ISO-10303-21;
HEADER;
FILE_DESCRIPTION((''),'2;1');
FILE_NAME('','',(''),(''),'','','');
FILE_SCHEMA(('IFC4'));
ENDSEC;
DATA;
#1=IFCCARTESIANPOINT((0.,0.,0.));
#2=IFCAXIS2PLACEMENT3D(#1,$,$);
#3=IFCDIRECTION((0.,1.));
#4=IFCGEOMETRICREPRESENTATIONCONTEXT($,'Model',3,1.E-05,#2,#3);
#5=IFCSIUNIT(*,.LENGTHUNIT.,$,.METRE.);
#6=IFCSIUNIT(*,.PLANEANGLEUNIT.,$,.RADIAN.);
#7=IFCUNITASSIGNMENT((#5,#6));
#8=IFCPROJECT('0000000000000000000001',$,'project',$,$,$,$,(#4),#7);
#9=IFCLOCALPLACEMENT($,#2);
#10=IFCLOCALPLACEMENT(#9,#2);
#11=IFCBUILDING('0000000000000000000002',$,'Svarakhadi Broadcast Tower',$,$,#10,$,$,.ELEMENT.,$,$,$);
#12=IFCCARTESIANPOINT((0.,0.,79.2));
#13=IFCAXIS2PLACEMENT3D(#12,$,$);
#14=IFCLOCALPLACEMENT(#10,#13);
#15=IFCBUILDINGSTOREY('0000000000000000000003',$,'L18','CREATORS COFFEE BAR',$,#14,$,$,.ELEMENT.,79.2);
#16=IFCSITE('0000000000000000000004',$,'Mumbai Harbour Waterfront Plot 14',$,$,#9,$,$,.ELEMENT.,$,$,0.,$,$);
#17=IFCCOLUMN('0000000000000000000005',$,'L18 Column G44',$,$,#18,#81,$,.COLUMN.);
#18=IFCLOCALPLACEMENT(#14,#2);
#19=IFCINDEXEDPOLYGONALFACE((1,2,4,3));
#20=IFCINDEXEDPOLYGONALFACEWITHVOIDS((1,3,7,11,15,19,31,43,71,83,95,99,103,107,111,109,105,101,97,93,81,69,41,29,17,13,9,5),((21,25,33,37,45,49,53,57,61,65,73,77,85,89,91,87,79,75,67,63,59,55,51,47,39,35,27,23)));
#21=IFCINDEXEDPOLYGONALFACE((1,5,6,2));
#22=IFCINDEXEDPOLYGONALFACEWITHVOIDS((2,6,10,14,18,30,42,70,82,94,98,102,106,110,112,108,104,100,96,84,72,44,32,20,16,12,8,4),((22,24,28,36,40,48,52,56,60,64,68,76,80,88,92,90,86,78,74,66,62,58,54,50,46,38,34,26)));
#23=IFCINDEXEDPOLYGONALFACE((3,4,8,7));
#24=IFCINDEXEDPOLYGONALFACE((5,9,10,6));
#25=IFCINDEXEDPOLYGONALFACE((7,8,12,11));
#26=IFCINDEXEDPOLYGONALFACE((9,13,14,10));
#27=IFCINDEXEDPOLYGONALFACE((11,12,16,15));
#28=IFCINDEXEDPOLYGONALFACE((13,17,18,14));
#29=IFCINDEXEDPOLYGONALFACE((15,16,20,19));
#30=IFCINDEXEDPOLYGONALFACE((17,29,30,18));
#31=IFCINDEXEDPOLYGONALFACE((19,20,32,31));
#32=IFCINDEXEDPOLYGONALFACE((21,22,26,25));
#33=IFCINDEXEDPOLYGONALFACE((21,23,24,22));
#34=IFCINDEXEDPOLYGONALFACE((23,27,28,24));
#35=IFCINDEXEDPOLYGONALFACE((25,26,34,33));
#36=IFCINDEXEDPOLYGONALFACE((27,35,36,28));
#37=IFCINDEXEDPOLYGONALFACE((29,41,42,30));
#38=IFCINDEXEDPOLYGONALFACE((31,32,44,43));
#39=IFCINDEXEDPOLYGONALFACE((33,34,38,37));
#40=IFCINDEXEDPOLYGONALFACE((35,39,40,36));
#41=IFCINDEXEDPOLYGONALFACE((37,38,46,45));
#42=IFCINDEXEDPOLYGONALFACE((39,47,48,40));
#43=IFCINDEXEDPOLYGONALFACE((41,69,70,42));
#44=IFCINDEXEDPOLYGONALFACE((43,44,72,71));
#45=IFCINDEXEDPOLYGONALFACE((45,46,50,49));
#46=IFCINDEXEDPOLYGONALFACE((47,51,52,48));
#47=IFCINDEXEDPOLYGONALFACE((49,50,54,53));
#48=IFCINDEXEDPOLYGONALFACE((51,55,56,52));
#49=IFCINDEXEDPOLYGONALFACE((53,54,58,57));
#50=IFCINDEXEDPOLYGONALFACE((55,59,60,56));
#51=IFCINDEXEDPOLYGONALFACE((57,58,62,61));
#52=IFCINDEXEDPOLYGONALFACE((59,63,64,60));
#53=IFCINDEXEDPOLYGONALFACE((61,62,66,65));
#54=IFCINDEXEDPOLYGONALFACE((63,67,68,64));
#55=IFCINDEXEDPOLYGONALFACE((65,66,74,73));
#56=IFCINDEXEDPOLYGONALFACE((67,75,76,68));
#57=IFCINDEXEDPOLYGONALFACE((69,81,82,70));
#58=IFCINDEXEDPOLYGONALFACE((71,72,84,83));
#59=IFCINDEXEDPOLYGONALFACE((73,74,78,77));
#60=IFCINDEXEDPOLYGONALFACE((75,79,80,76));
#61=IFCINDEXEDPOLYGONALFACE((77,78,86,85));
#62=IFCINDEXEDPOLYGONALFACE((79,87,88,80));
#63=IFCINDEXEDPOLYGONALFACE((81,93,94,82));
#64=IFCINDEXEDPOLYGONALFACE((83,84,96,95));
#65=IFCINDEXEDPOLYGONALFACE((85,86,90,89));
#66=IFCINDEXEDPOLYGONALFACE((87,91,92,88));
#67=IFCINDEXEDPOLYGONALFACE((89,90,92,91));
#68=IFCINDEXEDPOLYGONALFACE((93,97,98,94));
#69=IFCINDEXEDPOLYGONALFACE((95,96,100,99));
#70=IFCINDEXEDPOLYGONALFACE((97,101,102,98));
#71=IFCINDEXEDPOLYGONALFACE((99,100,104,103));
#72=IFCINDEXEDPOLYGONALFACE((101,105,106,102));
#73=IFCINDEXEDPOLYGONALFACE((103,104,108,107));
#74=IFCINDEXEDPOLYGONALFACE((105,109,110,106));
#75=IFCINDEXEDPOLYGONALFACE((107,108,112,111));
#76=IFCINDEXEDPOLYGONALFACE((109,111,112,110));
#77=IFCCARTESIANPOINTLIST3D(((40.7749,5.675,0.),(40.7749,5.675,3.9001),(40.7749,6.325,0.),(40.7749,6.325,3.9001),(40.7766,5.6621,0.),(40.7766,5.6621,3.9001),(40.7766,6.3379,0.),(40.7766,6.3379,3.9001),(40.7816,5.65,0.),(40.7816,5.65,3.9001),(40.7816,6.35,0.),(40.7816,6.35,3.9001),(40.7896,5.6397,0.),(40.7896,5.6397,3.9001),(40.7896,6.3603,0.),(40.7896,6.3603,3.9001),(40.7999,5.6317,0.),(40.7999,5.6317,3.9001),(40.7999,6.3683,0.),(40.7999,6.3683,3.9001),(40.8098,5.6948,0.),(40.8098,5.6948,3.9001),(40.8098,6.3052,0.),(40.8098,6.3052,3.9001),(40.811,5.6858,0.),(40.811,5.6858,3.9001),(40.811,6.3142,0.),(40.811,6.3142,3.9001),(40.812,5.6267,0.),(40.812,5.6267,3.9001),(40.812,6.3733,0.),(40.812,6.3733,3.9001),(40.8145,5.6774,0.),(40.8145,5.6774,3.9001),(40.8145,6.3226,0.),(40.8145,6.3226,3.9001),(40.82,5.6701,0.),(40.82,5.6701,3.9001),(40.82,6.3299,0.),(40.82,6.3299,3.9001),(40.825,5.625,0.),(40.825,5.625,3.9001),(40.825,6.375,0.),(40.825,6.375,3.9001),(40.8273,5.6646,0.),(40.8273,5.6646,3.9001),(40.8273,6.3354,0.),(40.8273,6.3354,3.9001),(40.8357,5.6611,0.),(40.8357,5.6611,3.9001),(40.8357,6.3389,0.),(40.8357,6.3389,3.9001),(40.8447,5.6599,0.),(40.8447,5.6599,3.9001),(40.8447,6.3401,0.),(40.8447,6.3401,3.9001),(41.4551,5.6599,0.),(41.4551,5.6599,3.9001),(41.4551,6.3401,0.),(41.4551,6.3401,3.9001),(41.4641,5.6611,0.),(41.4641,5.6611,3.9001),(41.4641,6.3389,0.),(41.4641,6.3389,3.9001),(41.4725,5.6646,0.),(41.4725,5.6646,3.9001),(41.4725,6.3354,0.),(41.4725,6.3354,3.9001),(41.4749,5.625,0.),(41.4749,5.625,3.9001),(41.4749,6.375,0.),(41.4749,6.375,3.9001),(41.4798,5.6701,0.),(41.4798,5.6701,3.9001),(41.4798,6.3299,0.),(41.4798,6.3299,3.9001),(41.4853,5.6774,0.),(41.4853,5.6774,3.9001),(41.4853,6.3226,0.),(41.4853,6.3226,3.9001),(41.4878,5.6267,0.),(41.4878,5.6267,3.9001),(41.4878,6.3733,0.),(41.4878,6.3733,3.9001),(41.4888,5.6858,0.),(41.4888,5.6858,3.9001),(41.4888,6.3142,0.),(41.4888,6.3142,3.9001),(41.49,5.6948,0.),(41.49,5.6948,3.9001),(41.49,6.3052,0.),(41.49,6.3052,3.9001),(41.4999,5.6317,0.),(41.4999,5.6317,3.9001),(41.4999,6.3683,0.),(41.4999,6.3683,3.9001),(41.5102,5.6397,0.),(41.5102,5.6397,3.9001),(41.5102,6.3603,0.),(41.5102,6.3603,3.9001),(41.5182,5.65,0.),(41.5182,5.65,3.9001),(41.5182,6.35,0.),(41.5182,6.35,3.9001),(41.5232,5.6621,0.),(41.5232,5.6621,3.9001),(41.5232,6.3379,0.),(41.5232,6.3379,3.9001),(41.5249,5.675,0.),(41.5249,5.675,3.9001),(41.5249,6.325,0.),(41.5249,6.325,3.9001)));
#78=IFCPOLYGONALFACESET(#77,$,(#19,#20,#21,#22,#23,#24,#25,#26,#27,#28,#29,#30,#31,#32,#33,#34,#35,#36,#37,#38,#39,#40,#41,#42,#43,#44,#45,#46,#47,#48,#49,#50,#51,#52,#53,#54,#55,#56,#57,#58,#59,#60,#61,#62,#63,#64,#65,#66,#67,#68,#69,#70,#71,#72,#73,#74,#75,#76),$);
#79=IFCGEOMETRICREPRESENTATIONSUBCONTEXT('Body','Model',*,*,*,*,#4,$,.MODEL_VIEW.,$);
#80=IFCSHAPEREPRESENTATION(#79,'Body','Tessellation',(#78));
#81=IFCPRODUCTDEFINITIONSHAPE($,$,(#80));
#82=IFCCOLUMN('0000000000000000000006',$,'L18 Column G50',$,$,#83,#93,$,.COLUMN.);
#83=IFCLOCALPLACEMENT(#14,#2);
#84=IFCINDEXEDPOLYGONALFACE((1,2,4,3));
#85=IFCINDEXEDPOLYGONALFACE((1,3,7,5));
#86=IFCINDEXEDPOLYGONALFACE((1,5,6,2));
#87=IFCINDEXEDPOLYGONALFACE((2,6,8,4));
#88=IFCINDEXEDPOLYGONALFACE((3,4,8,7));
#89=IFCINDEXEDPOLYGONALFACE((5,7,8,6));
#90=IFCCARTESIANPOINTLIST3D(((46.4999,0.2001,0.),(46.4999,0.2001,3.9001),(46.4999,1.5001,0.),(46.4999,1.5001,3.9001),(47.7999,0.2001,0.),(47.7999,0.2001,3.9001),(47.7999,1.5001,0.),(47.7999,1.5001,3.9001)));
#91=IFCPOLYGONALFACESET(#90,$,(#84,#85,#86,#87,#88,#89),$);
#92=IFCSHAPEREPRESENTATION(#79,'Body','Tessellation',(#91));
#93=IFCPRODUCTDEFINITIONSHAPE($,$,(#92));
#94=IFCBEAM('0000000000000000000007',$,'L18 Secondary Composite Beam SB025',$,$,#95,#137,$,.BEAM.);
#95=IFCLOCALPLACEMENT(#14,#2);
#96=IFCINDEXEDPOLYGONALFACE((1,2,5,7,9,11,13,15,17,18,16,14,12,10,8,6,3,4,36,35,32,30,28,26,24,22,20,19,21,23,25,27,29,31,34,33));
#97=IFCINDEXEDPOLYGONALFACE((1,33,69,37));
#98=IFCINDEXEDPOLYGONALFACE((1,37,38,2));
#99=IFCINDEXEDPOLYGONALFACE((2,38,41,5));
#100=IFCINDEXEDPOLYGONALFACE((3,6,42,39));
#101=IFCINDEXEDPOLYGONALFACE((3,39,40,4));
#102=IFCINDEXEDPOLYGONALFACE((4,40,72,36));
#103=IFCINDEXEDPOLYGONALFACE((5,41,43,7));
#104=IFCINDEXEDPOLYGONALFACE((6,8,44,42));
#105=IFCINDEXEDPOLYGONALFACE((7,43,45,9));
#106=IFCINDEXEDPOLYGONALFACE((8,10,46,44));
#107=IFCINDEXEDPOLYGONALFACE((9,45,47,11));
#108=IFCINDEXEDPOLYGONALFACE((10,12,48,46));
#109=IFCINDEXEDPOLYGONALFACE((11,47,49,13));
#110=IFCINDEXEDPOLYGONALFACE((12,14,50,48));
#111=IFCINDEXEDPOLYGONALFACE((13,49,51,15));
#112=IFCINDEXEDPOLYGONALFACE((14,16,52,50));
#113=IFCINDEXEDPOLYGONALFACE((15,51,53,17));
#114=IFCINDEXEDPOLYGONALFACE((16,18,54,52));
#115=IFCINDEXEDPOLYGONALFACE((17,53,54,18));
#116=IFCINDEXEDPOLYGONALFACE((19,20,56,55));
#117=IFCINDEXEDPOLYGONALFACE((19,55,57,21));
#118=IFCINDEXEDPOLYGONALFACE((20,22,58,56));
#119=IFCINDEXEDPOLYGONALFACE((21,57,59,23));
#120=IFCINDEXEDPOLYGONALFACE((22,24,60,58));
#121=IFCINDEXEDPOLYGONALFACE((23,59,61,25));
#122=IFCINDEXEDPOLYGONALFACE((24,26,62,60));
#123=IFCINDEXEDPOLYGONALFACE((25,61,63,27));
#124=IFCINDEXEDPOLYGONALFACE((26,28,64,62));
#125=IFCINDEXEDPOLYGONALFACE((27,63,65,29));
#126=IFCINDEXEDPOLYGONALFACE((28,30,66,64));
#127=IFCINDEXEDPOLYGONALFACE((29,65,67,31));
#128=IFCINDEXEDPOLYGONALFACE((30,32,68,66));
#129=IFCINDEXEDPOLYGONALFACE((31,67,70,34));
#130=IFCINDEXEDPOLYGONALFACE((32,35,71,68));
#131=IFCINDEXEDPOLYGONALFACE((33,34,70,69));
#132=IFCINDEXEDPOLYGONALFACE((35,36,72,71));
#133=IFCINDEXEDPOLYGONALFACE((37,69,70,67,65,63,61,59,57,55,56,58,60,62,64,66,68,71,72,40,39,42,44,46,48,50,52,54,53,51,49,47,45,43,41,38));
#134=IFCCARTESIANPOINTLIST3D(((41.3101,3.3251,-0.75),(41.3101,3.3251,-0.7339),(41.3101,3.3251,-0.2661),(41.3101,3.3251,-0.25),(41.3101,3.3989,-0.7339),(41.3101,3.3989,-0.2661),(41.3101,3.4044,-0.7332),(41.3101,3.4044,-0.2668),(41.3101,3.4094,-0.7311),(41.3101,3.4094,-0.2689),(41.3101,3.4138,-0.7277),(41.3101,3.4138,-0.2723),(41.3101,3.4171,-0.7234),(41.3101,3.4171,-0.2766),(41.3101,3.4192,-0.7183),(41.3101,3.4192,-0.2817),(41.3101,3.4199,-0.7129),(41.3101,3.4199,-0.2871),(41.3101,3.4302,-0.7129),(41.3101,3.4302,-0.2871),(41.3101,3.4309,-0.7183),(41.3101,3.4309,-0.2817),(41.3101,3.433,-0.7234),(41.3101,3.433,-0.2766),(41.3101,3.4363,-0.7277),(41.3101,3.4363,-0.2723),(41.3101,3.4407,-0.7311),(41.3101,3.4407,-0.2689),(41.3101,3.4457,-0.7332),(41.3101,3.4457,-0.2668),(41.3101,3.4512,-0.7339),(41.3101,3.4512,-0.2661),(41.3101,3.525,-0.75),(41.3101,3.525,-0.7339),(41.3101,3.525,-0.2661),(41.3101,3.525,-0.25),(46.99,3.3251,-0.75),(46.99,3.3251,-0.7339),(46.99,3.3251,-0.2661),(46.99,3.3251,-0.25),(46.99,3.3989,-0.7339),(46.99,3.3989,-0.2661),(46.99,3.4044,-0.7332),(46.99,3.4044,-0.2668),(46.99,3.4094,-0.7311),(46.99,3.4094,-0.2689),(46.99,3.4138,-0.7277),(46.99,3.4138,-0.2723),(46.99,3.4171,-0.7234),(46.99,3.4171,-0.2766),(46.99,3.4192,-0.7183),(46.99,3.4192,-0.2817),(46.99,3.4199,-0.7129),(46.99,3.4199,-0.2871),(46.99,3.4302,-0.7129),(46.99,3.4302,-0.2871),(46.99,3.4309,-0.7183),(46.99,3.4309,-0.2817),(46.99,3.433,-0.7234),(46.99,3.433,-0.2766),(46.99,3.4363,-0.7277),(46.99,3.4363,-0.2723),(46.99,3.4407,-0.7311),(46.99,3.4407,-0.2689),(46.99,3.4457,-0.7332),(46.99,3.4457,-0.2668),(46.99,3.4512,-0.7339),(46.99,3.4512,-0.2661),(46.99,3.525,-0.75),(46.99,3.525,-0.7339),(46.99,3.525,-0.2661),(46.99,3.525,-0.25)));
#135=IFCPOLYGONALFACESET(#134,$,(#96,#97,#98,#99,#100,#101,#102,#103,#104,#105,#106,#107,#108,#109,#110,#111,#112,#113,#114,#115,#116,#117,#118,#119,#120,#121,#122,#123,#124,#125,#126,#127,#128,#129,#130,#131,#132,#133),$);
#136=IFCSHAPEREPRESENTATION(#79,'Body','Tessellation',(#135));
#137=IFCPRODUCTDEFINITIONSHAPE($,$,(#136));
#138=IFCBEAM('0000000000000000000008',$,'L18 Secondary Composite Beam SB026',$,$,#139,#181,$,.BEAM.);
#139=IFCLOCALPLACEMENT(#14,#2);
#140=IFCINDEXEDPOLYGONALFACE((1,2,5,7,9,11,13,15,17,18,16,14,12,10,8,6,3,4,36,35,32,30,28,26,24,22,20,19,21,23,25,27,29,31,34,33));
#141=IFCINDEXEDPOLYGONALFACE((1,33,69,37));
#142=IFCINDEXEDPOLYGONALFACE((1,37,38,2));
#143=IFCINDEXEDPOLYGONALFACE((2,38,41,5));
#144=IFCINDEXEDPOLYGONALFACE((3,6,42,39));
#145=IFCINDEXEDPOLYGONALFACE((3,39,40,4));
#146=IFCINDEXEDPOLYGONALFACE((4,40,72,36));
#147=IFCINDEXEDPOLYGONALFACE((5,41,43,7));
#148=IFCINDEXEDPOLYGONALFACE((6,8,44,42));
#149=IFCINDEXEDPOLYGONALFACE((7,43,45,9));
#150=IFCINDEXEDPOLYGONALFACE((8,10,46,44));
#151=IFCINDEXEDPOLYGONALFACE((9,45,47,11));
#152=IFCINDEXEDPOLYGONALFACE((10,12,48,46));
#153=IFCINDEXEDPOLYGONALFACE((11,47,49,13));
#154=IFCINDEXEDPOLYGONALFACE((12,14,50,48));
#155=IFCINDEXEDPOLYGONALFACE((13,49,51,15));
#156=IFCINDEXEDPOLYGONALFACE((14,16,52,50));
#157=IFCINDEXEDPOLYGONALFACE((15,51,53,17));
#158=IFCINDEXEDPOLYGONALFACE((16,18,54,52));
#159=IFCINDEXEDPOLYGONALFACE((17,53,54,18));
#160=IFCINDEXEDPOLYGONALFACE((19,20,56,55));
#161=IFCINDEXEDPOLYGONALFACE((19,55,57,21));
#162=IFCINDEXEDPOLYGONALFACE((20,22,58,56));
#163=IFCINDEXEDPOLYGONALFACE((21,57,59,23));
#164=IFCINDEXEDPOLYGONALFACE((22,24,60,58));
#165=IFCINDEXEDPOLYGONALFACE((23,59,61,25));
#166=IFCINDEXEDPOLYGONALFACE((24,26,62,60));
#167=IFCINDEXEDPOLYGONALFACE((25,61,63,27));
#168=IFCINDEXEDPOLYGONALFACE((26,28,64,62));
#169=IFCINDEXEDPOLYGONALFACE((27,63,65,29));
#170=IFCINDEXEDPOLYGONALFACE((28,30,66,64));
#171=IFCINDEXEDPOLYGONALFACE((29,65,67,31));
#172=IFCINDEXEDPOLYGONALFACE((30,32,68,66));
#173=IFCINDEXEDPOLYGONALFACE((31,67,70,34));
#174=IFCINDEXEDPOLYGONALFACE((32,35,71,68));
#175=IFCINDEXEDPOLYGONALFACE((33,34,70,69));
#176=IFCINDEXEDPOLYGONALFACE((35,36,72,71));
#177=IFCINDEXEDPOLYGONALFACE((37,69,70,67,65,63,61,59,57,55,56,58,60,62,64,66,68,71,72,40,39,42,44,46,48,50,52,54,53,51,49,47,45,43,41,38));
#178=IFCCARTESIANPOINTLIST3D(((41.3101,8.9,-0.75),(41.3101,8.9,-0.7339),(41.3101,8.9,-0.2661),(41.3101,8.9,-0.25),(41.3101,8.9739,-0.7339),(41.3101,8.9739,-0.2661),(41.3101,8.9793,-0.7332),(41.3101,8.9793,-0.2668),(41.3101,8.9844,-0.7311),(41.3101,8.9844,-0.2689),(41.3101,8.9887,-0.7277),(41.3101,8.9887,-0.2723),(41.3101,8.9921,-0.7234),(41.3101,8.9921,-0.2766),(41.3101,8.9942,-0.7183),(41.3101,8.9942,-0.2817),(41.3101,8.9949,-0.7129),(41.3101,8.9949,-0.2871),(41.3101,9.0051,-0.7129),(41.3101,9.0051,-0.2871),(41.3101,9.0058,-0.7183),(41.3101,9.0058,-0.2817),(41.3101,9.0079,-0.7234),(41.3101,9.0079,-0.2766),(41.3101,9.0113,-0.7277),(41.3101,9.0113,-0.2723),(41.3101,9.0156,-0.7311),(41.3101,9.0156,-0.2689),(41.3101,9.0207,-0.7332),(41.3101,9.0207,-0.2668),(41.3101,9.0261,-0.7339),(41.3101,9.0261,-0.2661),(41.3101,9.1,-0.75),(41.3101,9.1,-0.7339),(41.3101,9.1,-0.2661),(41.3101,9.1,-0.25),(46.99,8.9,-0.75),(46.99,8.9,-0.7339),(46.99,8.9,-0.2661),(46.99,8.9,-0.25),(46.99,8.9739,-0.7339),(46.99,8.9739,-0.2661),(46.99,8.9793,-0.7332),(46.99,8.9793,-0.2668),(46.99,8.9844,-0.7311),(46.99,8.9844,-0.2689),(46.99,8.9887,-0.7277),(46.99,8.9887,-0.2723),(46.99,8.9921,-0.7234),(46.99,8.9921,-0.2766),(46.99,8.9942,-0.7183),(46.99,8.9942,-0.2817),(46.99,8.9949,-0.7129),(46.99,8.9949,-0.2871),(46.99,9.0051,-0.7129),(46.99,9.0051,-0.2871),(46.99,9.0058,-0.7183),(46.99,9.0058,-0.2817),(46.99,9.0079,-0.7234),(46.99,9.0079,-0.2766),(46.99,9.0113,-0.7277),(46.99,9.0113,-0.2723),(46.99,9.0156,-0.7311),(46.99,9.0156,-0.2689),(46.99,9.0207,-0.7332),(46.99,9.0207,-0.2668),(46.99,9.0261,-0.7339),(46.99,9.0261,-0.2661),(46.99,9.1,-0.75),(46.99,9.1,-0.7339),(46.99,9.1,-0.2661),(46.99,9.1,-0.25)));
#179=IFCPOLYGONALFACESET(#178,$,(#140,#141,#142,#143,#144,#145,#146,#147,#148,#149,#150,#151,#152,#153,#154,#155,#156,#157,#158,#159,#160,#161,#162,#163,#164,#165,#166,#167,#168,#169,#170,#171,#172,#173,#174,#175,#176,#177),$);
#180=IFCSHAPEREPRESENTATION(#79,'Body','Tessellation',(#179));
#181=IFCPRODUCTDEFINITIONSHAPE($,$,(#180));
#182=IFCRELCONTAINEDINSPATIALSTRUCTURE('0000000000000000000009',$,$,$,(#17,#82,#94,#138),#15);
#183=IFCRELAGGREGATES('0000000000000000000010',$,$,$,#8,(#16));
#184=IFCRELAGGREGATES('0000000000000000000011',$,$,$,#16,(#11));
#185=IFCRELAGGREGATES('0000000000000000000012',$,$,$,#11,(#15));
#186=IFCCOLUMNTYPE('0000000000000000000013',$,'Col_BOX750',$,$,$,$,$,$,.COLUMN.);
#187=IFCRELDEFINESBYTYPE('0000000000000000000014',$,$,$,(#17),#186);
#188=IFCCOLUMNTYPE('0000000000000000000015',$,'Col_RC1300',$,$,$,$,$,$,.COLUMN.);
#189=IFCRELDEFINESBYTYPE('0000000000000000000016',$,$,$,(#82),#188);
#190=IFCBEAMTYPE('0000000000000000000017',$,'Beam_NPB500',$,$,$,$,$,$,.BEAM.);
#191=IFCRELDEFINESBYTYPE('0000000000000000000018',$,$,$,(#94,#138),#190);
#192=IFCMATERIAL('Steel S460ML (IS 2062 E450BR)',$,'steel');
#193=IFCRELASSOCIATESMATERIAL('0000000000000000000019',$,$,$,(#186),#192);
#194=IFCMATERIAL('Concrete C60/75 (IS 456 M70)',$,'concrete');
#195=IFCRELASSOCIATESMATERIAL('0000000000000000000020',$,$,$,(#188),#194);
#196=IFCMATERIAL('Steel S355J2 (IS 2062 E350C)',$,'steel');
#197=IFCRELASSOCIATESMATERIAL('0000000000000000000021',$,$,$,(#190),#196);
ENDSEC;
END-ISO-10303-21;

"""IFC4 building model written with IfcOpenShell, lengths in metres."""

from ifc_helpers import new_model, si_unit, direction, frame, origin, origin_2d, place, context, subcontext, project, spatial, rectangle, hollow_rectangle, i_section, extrude, material, material_profile, profile_set, type_object, element, save


model = new_model("IFC4")

# Units and contexts
model_context = context("Model", 3, precision=1e-05, world=origin(), true_north=direction((0.0, 1.0)))
body_context = subcontext(model_context, "Body", "Model", "MODEL_VIEW")
ifc_project = project(units=[si_unit("LENGTHUNIT", "METRE"), si_unit("PLANEANGLEUNIT", "RADIAN")], contexts=[model_context])

# Site, building, storey
site_placement = place(None, origin())
site = spatial("IfcSite", under=ifc_project, at=site_placement, Name="Mumbai Harbour Waterfront Plot 14", CompositionType="ELEMENT", RefElevation=0.0)
building_placement = place(site_placement, origin())
building = spatial("IfcBuilding", under=site, at=building_placement, Name="Svarakhadi Broadcast Tower", CompositionType="ELEMENT")
storey_placement = place(building_placement, frame((0.0, 0.0, 79.2)))
storey = spatial("IfcBuildingStorey", under=building, at=storey_placement, Name="L18", Description="CREATORS COFFEE BAR", CompositionType="ELEMENT", Elevation=79.2)

# Columns
ifc_material_1 = material(Name="Steel S460ML (IS 2062 E450BR)", Category="steel")
ifc_material_profile_1 = material_profile(ifc_material_1, hollow_rectangle(XDim=0.75, YDim=0.75, WallThickness=0.0349, InnerFilletRadius=0.0349, OuterFilletRadius=0.05, at=origin_2d()), Name="BOX 750x750x35")
ifc_profile_set_1 = profile_set([ifc_material_profile_1], Name="Steel S460ML (IS 2062 E450BR)")
column_type_1 = type_object("IfcColumnType", Name="Col_BOX750", PredefinedType="COLUMN", material=ifc_profile_set_1)
column_1_placement = place(storey_placement, frame((41.1499, 6.0, 0.0), z_axis=(0.0, 0.0, 1.0), x_axis=(1.0, 0.0, 0.0)))
element("IfcColumn", 1, at=column_1_placement, inside=storey, type_object=column_type_1, Name="L18 Column G44", PredefinedType="COLUMN", context=body_context, shape_type="SweptSolid", body=[
    extrude(hollow_rectangle(XDim=0.75, YDim=0.75, WallThickness=0.0349, InnerFilletRadius=0.0349, OuterFilletRadius=0.05, at=origin_2d()), origin(), (0.0, 0.0, 1.0), 3.9001),
])
ifc_material_2 = material(Name="Concrete C60/75 (IS 456 M70)", Category="concrete")
ifc_material_profile_2 = material_profile(ifc_material_2, rectangle(XDim=1.3, YDim=1.3, at=origin_2d()), Name="RC 1300x1300")
ifc_profile_set_2 = profile_set([ifc_material_profile_2], Name="Concrete C60/75 (IS 456 M70)")
column_type_2 = type_object("IfcColumnType", Name="Col_RC1300", PredefinedType="COLUMN", material=ifc_profile_set_2)
column_2_placement = place(storey_placement, frame((47.1499, 0.8501, 0.0), z_axis=(0.0, 0.0, 1.0), x_axis=(1.0, 0.0, 0.0)))
element("IfcColumn", 2, at=column_2_placement, inside=storey, type_object=column_type_2, Name="L18 Column G50", PredefinedType="COLUMN", context=body_context, shape_type="SweptSolid", body=[
    extrude(rectangle(XDim=1.3, YDim=1.3, at=origin_2d()), origin(), (0.0, 0.0, 1.0), 3.9001),
])

# Beams
ifc_material_3 = material(Name="Steel S355J2 (IS 2062 E350C)", Category="steel")
ifc_material_profile_3 = material_profile(ifc_material_3, i_section(OverallWidth=0.2, OverallDepth=0.5, WebThickness=0.0103, FlangeThickness=0.0161, FilletRadius=0.021, at=origin_2d()), Name="NPB 500x200x91")
ifc_profile_set_3 = profile_set([ifc_material_profile_3], Name="Steel S355J2 (IS 2062 E350C)")
beam_type_1 = type_object("IfcBeamType", Name="Beam_NPB500", PredefinedType="BEAM", material=ifc_profile_set_3)
for number, where, z_axis, x_axis, name in (
    (3, (41.3101, 3.425, -0.5), (1.0, 0.0, 0.0), (0.0, 1.0, 0.0), "L18 Secondary Composite Beam SB025"),
    (4, (41.3101, 9.0, -0.5), (1.0, 0.0, 0.0), (0.0, 1.0, 0.0), "L18 Secondary Composite Beam SB026"),
):
    element("IfcBeam", number, at=place(storey_placement, frame(where, z_axis=z_axis, x_axis=x_axis)), inside=storey, type_object=beam_type_1, Name=name, PredefinedType="BEAM", context=body_context, shape_type="SweptSolid", body=[
        extrude(i_section(OverallWidth=0.2, OverallDepth=0.5, WebThickness=0.0103, FlangeThickness=0.0161, FilletRadius=0.021, at=origin_2d()), origin(), (0.0, 0.0, 1.0), 5.6799),
    ])

save(model, "model.ifc")
